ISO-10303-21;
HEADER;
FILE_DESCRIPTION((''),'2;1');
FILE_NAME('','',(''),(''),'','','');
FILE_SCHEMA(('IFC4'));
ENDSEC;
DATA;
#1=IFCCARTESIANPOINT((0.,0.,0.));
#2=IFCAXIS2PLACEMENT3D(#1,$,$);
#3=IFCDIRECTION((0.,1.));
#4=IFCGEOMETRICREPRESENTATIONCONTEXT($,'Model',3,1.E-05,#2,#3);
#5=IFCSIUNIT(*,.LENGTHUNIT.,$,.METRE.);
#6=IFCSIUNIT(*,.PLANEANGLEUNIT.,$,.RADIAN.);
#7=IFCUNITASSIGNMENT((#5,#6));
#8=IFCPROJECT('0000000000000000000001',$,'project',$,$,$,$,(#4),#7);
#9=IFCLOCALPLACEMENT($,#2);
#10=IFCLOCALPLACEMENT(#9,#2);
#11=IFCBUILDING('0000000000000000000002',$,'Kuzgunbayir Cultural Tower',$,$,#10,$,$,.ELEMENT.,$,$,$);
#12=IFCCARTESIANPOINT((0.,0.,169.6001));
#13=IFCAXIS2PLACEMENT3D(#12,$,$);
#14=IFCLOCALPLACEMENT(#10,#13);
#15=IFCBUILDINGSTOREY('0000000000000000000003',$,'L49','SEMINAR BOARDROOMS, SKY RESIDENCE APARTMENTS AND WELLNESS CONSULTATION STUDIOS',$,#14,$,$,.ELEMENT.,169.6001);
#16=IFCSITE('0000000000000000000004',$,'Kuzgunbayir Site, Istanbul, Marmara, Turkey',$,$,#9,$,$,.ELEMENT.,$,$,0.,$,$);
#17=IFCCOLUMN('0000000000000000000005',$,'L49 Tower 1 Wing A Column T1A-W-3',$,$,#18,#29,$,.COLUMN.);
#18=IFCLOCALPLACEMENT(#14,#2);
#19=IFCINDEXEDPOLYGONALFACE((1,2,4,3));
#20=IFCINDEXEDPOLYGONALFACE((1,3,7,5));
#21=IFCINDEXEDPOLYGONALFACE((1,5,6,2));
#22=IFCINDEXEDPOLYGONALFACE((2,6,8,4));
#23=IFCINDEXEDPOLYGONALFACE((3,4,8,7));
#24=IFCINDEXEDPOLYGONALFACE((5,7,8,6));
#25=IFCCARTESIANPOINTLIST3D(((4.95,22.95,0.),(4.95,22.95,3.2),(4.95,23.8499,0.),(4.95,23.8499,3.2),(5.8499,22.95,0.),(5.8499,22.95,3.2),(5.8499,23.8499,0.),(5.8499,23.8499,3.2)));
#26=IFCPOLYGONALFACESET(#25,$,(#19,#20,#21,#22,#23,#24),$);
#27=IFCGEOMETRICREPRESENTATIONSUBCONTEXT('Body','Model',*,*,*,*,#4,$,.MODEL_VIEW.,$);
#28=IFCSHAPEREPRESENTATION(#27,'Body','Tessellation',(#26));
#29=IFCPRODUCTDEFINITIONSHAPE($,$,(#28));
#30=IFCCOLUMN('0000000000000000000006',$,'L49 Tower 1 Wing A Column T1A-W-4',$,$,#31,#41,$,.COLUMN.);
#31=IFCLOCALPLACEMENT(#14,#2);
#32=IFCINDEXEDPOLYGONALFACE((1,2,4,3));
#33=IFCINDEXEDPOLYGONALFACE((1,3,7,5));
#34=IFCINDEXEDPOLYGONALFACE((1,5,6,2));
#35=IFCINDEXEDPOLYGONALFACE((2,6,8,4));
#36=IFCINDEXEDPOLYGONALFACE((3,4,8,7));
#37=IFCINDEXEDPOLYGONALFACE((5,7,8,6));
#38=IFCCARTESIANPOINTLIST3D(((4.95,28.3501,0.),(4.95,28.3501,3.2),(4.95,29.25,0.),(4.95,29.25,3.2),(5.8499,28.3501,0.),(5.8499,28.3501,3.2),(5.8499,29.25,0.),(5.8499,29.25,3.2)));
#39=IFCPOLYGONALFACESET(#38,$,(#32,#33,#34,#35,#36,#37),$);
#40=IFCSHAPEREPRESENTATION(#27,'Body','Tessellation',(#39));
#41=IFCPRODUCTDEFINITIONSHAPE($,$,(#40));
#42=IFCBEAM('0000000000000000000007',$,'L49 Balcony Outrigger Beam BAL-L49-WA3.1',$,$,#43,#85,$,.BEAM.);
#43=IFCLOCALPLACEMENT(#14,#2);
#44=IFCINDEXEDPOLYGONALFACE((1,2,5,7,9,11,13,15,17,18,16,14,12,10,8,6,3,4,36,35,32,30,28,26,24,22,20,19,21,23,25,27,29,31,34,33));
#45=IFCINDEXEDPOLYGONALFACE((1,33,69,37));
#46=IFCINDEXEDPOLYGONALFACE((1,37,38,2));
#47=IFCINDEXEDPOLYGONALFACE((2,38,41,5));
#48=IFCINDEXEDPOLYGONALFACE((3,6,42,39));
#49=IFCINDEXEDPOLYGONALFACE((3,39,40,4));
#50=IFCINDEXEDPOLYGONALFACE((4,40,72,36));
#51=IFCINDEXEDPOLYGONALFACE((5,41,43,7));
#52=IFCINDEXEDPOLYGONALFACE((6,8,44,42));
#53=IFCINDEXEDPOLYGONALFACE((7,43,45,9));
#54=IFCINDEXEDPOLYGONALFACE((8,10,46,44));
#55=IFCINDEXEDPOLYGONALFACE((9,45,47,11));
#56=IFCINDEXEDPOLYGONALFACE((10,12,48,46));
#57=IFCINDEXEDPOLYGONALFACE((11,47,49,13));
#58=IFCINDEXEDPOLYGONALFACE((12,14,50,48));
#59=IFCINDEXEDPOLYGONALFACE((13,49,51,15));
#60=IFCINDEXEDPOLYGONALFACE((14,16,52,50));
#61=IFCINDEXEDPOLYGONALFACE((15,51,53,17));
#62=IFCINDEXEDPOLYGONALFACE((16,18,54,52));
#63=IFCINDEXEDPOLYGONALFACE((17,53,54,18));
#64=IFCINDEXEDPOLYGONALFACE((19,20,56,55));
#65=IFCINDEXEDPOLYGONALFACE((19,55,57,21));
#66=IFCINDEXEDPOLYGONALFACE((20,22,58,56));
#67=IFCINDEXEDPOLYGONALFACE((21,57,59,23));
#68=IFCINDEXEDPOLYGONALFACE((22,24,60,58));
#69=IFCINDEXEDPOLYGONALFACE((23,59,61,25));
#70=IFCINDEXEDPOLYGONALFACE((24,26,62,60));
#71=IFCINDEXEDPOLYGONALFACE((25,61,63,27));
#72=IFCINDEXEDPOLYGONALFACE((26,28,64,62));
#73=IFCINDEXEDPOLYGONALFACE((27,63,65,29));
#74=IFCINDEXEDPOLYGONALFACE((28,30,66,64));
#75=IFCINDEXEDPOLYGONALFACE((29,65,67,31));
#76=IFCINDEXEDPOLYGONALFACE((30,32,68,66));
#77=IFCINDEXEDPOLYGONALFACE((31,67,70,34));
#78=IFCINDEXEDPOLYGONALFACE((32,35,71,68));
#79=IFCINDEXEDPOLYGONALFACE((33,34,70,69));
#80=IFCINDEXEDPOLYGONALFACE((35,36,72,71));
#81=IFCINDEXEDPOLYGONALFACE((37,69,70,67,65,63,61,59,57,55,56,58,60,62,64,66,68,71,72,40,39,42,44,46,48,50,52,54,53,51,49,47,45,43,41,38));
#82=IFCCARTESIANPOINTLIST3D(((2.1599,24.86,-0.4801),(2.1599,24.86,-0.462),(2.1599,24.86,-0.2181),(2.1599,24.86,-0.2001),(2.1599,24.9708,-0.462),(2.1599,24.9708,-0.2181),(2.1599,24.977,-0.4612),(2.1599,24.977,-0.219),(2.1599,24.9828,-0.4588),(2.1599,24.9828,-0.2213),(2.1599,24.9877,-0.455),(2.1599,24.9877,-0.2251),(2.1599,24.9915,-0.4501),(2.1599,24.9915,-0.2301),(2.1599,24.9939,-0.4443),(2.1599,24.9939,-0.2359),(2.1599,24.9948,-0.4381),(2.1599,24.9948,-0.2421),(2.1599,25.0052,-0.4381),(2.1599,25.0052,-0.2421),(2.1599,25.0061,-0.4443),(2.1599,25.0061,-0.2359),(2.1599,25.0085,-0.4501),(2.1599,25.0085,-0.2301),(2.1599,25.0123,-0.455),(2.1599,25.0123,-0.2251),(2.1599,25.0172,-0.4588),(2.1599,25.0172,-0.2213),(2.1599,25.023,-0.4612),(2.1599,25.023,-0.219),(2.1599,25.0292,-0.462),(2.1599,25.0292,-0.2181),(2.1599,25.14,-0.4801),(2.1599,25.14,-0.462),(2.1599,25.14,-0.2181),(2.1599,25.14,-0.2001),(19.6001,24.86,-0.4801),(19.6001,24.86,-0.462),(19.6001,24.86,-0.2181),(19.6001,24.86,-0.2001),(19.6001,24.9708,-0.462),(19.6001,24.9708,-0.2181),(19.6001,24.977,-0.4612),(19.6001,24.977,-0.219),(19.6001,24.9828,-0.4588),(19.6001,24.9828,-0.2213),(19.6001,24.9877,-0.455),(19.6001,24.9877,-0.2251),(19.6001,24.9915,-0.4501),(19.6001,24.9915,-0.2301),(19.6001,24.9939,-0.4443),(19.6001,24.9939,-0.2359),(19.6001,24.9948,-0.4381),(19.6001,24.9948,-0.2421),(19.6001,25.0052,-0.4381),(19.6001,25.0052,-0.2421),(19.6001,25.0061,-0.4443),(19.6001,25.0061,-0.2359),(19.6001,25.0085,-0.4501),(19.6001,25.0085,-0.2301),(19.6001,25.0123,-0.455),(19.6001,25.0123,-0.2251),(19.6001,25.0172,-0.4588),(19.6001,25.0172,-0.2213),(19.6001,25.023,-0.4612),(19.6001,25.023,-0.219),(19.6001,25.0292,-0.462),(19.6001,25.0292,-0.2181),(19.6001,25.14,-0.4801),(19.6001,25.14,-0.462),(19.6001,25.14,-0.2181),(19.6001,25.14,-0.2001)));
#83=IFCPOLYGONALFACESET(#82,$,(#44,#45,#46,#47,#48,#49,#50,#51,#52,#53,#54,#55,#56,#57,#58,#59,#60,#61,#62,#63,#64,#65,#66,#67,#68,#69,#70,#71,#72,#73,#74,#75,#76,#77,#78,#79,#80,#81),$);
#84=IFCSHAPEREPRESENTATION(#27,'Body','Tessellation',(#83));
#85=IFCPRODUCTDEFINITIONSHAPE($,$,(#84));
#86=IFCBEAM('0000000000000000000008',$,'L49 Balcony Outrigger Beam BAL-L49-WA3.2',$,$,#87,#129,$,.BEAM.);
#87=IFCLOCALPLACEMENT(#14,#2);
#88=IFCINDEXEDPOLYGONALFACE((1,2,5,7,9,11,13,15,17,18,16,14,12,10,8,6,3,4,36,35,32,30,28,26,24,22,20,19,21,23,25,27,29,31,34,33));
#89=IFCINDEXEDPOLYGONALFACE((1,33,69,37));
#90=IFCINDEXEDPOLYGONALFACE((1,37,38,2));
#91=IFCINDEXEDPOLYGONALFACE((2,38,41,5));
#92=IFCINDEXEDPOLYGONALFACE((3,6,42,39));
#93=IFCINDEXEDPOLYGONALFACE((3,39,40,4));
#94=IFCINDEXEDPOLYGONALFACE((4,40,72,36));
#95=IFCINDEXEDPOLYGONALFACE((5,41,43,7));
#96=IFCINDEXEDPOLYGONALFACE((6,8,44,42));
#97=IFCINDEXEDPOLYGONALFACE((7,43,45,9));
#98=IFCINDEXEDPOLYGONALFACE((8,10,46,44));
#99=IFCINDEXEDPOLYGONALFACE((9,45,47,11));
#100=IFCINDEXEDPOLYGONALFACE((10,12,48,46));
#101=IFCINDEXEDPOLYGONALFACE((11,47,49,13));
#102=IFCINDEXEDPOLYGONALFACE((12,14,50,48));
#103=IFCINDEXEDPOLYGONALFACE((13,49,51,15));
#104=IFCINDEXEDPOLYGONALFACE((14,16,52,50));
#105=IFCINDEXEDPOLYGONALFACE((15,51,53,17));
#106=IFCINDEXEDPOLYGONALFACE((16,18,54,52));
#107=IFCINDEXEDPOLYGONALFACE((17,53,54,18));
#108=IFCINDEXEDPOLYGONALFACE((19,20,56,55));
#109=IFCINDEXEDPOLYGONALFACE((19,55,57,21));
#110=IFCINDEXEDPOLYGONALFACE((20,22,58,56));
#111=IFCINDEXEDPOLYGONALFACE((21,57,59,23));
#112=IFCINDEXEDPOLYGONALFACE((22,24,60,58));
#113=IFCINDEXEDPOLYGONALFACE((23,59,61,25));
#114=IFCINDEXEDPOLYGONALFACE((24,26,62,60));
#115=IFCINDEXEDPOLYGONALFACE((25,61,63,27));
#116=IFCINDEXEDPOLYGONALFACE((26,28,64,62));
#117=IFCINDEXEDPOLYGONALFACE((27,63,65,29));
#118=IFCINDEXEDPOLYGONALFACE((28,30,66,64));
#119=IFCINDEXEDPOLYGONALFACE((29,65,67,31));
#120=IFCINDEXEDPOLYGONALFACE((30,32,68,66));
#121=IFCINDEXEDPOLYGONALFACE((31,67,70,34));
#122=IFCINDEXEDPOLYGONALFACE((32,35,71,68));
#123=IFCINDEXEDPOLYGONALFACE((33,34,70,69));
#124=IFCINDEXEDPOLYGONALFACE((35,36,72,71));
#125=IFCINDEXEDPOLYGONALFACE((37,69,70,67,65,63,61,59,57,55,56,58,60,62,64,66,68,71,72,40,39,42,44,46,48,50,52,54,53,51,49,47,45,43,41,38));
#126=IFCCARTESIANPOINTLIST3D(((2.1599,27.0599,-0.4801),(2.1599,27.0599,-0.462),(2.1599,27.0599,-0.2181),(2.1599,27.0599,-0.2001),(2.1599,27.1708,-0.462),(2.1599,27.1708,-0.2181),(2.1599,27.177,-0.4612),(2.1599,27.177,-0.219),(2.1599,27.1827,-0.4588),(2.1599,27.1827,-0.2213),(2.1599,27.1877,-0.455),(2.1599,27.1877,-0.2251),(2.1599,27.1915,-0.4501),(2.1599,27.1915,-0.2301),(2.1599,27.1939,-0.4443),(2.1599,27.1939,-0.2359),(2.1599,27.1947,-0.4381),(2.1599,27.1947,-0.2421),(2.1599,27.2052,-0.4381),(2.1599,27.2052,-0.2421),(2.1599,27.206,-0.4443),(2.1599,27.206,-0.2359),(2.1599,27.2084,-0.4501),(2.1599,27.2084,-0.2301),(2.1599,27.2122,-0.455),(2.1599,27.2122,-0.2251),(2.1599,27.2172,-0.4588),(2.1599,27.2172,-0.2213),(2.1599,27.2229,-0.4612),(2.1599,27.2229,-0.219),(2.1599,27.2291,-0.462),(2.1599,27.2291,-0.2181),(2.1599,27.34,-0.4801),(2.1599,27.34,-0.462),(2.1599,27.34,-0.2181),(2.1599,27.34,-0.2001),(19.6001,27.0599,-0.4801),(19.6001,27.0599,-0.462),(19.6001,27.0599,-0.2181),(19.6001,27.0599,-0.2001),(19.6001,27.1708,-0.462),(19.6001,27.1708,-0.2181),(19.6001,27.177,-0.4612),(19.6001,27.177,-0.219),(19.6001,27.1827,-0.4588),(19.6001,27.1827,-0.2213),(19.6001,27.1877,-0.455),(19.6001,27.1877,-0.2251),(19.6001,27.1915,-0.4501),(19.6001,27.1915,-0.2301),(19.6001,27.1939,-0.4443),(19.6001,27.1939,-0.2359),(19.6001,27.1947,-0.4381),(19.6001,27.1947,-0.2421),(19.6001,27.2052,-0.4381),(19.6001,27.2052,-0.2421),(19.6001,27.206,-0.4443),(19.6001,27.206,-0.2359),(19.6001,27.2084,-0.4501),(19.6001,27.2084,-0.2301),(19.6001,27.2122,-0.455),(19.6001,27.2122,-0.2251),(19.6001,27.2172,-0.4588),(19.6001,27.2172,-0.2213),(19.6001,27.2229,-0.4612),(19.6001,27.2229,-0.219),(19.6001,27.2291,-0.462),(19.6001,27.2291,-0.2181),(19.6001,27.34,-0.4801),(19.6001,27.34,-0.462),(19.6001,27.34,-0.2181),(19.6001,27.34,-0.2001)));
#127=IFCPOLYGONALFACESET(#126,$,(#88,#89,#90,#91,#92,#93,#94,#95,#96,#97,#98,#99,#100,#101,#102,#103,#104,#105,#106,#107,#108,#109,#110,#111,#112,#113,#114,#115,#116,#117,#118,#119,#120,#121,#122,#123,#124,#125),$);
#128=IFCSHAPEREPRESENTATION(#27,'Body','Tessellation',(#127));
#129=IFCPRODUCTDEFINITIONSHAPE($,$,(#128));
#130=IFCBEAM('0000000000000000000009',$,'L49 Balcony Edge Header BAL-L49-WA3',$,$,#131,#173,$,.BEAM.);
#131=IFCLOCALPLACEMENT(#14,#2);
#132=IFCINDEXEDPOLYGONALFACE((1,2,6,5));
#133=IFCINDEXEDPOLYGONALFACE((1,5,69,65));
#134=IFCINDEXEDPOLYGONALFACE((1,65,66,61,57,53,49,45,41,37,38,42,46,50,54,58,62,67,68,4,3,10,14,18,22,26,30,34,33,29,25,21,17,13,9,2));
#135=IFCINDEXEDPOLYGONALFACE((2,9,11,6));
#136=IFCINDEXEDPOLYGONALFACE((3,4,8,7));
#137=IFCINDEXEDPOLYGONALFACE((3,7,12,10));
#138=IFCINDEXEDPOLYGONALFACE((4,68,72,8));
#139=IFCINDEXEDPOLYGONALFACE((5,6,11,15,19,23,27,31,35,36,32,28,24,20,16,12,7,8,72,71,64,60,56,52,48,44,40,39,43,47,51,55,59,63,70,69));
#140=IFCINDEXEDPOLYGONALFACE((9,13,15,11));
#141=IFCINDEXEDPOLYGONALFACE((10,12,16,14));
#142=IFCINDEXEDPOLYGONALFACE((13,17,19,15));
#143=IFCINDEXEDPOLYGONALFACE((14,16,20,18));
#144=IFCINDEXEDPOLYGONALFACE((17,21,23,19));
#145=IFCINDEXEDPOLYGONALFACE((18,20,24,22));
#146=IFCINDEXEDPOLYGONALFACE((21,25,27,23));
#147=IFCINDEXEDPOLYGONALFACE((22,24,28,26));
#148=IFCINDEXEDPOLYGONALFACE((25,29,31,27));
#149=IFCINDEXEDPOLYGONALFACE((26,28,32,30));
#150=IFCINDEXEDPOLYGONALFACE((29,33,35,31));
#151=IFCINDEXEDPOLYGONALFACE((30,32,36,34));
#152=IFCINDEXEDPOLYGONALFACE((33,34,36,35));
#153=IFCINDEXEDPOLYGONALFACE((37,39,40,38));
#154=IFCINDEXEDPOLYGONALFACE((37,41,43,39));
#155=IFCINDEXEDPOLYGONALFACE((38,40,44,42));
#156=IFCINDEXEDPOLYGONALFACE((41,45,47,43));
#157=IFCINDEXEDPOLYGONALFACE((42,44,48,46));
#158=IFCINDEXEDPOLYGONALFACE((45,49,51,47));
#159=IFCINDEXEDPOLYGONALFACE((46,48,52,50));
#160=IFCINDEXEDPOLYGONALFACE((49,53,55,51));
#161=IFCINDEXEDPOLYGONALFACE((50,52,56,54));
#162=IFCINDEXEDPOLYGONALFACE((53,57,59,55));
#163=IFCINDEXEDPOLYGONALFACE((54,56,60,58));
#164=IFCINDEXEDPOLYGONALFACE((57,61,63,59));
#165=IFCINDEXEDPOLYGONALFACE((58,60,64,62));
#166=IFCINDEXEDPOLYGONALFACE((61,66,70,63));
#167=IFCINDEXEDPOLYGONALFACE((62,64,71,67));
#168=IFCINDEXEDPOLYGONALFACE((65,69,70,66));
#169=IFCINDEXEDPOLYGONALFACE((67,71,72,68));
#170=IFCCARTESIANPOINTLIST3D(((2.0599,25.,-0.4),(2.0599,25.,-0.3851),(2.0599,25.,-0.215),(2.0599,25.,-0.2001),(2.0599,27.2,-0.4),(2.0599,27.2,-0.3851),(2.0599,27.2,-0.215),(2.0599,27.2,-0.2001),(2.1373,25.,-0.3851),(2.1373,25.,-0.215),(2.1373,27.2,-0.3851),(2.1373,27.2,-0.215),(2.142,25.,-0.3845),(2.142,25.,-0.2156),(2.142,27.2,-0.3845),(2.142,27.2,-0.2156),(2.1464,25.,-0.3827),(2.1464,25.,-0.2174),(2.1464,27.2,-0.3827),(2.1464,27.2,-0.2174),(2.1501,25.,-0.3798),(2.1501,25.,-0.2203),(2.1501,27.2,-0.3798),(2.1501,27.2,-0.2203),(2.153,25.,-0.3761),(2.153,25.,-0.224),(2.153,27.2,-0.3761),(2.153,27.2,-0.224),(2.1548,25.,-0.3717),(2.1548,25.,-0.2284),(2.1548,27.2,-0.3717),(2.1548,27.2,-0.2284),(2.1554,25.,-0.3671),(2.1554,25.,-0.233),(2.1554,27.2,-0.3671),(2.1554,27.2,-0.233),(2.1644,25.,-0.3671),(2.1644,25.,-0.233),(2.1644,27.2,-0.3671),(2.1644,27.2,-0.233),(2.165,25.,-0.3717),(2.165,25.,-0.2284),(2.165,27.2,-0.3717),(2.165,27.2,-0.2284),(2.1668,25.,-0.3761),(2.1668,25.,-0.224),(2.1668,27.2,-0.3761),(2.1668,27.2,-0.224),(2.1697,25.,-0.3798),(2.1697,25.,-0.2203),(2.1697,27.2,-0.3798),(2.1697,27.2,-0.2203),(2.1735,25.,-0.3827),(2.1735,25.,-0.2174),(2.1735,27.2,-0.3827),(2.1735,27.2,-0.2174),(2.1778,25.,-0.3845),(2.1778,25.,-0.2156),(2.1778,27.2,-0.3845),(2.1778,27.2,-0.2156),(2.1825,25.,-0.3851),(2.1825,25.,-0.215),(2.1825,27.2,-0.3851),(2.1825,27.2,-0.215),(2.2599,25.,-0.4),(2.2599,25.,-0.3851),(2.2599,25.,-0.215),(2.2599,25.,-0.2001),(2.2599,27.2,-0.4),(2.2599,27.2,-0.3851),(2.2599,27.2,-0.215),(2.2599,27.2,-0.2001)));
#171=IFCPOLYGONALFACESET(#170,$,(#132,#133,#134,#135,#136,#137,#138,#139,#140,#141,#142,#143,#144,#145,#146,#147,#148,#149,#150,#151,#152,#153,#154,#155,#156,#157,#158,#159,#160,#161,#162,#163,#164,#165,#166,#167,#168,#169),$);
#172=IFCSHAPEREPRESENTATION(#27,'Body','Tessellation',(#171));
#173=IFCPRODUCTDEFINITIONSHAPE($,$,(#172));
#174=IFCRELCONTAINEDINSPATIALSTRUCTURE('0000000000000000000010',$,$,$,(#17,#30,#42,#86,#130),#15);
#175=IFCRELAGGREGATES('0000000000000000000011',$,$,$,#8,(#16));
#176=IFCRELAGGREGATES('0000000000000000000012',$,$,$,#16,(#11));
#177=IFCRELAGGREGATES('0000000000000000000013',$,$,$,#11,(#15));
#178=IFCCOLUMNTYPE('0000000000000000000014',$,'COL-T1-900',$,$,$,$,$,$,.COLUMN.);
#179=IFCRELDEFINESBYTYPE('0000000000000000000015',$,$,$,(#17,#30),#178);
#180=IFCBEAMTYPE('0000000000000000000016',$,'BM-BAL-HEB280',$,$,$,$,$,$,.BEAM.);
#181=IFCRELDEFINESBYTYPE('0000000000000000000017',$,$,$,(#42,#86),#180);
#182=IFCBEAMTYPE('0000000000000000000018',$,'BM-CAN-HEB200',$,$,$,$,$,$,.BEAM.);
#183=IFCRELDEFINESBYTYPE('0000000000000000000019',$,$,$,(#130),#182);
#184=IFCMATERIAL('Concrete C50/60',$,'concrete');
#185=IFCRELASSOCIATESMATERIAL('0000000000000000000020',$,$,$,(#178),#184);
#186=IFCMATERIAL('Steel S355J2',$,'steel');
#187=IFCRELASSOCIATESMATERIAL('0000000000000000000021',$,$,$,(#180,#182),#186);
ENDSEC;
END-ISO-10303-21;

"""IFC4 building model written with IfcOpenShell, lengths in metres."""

from ifc_helpers import new_model, si_unit, direction, frame, origin, origin_2d, place, context, subcontext, project, spatial, rectangle, i_section, extrude, material, material_profile, profile_set, type_object, element, save


model = new_model("IFC4")

# Units and contexts
model_context = context("Model", 3, precision=1e-05, world=origin(), true_north=direction((0.0, 1.0)))
body_context = subcontext(model_context, "Body", "Model", "MODEL_VIEW")
ifc_project = project(units=[si_unit("LENGTHUNIT", "METRE"), si_unit("PLANEANGLEUNIT", "RADIAN")], contexts=[model_context])

# Site, building, storey
site_placement = place(None, origin())
site = spatial("IfcSite", under=ifc_project, at=site_placement, Name="Kuzgunbayir Site, Istanbul, Marmara, Turkey", CompositionType="ELEMENT", RefElevation=0.0)
building_placement = place(site_placement, origin())
building = spatial("IfcBuilding", under=site, at=building_placement, Name="Kuzgunbayir Cultural Tower", CompositionType="ELEMENT")
storey_placement = place(building_placement, frame((0.0, 0.0, 169.6001)))
storey = spatial("IfcBuildingStorey", under=building, at=storey_placement, Name="L49", Description="SEMINAR BOARDROOMS, SKY RESIDENCE APARTMENTS AND WELLNESS CONSULTATION STUDIOS", CompositionType="ELEMENT", Elevation=169.6001)

# Columns
ifc_material_1 = material(Name="Concrete C50/60", Category="concrete")
ifc_material_profile_1 = material_profile(ifc_material_1, rectangle(XDim=0.8999, YDim=0.8999, at=origin_2d()), Name="RC 900x900")
ifc_profile_set_1 = profile_set([ifc_material_profile_1], Name="Concrete C50/60")
column_type = type_object("IfcColumnType", Name="COL-T1-900", PredefinedType="COLUMN", material=ifc_profile_set_1)
for number, where, z_axis, x_axis, name in (
    (1, (5.3999, 23.3999, 0.0), (0.0, 0.0, 1.0), (1.0, 0.0, 0.0), "L49 Tower 1 Wing A Column T1A-W-3"),
    (2, (5.3999, 28.8, 0.0), (0.0, 0.0, 1.0), (1.0, 0.0, 0.0), "L49 Tower 1 Wing A Column T1A-W-4"),
):
    element("IfcColumn", number, at=place(storey_placement, frame(where, z_axis=z_axis, x_axis=x_axis)), inside=storey, type_object=column_type, Name=name, PredefinedType="COLUMN", context=body_context, shape_type="SweptSolid", body=[
        extrude(rectangle(XDim=0.8999, YDim=0.8999, at=origin_2d()), origin(), (0.0, 0.0, 1.0), 3.2),
    ])

# Beams
ifc_material_2 = material(Name="Steel S355J2", Category="steel")
ifc_material_profile_2 = material_profile(ifc_material_2, i_section(OverallWidth=0.28, OverallDepth=0.28, WebThickness=0.0105, FlangeThickness=0.0181, FilletRadius=0.0239, at=origin_2d()), Name="HEB 280")
ifc_profile_set_2 = profile_set([ifc_material_profile_2], Name="Steel S355J2")
beam_type_1 = type_object("IfcBeamType", Name="BM-BAL-HEB280", PredefinedType="BEAM", material=ifc_profile_set_2)
for number, where, z_axis, x_axis, name in (
    (3, (2.1599, 25.0, -0.3401), (1.0, 0.0, 0.0), (0.0, 1.0, 0.0), "L49 Balcony Outrigger Beam BAL-L49-WA3.1"),
    (4, (2.1599, 27.2, -0.3401), (1.0, 0.0, 0.0), (0.0, 1.0, 0.0), "L49 Balcony Outrigger Beam BAL-L49-WA3.2"),
):
    element("IfcBeam", number, at=place(storey_placement, frame(where, z_axis=z_axis, x_axis=x_axis)), inside=storey, type_object=beam_type_1, Name=name, PredefinedType="BEAM", context=body_context, shape_type="SweptSolid", body=[
        extrude(i_section(OverallWidth=0.28, OverallDepth=0.28, WebThickness=0.0105, FlangeThickness=0.0181, FilletRadius=0.0239, at=origin_2d()), origin(), (0.0, 0.0, 1.0), 17.4402),
    ])
ifc_material_profile_3 = material_profile(ifc_material_2, i_section(OverallWidth=0.2, OverallDepth=0.2, WebThickness=0.009, FlangeThickness=0.0149, FilletRadius=0.0181, at=origin_2d()), Name="HEB 200")
ifc_profile_set_3 = profile_set([ifc_material_profile_3], Name="Steel S355J2")
beam_type_2 = type_object("IfcBeamType", Name="BM-CAN-HEB200", PredefinedType="BEAM", material=ifc_profile_set_3)
beam_1_placement = place(storey_placement, frame((2.1599, 25.0, -0.3), z_axis=(0.0, 1.0, 0.0), x_axis=(-1.0, 0.0, 0.0)))
element("IfcBeam", 5, at=beam_1_placement, inside=storey, type_object=beam_type_2, Name="L49 Balcony Edge Header BAL-L49-WA3", PredefinedType="BEAM", context=body_context, shape_type="SweptSolid", body=[
    extrude(i_section(OverallWidth=0.2, OverallDepth=0.2, WebThickness=0.009, FlangeThickness=0.0149, FilletRadius=0.0181, at=origin_2d()), origin(), (0.0, 0.0, 1.0), 2.2),
])

save(model, "model.ifc")
